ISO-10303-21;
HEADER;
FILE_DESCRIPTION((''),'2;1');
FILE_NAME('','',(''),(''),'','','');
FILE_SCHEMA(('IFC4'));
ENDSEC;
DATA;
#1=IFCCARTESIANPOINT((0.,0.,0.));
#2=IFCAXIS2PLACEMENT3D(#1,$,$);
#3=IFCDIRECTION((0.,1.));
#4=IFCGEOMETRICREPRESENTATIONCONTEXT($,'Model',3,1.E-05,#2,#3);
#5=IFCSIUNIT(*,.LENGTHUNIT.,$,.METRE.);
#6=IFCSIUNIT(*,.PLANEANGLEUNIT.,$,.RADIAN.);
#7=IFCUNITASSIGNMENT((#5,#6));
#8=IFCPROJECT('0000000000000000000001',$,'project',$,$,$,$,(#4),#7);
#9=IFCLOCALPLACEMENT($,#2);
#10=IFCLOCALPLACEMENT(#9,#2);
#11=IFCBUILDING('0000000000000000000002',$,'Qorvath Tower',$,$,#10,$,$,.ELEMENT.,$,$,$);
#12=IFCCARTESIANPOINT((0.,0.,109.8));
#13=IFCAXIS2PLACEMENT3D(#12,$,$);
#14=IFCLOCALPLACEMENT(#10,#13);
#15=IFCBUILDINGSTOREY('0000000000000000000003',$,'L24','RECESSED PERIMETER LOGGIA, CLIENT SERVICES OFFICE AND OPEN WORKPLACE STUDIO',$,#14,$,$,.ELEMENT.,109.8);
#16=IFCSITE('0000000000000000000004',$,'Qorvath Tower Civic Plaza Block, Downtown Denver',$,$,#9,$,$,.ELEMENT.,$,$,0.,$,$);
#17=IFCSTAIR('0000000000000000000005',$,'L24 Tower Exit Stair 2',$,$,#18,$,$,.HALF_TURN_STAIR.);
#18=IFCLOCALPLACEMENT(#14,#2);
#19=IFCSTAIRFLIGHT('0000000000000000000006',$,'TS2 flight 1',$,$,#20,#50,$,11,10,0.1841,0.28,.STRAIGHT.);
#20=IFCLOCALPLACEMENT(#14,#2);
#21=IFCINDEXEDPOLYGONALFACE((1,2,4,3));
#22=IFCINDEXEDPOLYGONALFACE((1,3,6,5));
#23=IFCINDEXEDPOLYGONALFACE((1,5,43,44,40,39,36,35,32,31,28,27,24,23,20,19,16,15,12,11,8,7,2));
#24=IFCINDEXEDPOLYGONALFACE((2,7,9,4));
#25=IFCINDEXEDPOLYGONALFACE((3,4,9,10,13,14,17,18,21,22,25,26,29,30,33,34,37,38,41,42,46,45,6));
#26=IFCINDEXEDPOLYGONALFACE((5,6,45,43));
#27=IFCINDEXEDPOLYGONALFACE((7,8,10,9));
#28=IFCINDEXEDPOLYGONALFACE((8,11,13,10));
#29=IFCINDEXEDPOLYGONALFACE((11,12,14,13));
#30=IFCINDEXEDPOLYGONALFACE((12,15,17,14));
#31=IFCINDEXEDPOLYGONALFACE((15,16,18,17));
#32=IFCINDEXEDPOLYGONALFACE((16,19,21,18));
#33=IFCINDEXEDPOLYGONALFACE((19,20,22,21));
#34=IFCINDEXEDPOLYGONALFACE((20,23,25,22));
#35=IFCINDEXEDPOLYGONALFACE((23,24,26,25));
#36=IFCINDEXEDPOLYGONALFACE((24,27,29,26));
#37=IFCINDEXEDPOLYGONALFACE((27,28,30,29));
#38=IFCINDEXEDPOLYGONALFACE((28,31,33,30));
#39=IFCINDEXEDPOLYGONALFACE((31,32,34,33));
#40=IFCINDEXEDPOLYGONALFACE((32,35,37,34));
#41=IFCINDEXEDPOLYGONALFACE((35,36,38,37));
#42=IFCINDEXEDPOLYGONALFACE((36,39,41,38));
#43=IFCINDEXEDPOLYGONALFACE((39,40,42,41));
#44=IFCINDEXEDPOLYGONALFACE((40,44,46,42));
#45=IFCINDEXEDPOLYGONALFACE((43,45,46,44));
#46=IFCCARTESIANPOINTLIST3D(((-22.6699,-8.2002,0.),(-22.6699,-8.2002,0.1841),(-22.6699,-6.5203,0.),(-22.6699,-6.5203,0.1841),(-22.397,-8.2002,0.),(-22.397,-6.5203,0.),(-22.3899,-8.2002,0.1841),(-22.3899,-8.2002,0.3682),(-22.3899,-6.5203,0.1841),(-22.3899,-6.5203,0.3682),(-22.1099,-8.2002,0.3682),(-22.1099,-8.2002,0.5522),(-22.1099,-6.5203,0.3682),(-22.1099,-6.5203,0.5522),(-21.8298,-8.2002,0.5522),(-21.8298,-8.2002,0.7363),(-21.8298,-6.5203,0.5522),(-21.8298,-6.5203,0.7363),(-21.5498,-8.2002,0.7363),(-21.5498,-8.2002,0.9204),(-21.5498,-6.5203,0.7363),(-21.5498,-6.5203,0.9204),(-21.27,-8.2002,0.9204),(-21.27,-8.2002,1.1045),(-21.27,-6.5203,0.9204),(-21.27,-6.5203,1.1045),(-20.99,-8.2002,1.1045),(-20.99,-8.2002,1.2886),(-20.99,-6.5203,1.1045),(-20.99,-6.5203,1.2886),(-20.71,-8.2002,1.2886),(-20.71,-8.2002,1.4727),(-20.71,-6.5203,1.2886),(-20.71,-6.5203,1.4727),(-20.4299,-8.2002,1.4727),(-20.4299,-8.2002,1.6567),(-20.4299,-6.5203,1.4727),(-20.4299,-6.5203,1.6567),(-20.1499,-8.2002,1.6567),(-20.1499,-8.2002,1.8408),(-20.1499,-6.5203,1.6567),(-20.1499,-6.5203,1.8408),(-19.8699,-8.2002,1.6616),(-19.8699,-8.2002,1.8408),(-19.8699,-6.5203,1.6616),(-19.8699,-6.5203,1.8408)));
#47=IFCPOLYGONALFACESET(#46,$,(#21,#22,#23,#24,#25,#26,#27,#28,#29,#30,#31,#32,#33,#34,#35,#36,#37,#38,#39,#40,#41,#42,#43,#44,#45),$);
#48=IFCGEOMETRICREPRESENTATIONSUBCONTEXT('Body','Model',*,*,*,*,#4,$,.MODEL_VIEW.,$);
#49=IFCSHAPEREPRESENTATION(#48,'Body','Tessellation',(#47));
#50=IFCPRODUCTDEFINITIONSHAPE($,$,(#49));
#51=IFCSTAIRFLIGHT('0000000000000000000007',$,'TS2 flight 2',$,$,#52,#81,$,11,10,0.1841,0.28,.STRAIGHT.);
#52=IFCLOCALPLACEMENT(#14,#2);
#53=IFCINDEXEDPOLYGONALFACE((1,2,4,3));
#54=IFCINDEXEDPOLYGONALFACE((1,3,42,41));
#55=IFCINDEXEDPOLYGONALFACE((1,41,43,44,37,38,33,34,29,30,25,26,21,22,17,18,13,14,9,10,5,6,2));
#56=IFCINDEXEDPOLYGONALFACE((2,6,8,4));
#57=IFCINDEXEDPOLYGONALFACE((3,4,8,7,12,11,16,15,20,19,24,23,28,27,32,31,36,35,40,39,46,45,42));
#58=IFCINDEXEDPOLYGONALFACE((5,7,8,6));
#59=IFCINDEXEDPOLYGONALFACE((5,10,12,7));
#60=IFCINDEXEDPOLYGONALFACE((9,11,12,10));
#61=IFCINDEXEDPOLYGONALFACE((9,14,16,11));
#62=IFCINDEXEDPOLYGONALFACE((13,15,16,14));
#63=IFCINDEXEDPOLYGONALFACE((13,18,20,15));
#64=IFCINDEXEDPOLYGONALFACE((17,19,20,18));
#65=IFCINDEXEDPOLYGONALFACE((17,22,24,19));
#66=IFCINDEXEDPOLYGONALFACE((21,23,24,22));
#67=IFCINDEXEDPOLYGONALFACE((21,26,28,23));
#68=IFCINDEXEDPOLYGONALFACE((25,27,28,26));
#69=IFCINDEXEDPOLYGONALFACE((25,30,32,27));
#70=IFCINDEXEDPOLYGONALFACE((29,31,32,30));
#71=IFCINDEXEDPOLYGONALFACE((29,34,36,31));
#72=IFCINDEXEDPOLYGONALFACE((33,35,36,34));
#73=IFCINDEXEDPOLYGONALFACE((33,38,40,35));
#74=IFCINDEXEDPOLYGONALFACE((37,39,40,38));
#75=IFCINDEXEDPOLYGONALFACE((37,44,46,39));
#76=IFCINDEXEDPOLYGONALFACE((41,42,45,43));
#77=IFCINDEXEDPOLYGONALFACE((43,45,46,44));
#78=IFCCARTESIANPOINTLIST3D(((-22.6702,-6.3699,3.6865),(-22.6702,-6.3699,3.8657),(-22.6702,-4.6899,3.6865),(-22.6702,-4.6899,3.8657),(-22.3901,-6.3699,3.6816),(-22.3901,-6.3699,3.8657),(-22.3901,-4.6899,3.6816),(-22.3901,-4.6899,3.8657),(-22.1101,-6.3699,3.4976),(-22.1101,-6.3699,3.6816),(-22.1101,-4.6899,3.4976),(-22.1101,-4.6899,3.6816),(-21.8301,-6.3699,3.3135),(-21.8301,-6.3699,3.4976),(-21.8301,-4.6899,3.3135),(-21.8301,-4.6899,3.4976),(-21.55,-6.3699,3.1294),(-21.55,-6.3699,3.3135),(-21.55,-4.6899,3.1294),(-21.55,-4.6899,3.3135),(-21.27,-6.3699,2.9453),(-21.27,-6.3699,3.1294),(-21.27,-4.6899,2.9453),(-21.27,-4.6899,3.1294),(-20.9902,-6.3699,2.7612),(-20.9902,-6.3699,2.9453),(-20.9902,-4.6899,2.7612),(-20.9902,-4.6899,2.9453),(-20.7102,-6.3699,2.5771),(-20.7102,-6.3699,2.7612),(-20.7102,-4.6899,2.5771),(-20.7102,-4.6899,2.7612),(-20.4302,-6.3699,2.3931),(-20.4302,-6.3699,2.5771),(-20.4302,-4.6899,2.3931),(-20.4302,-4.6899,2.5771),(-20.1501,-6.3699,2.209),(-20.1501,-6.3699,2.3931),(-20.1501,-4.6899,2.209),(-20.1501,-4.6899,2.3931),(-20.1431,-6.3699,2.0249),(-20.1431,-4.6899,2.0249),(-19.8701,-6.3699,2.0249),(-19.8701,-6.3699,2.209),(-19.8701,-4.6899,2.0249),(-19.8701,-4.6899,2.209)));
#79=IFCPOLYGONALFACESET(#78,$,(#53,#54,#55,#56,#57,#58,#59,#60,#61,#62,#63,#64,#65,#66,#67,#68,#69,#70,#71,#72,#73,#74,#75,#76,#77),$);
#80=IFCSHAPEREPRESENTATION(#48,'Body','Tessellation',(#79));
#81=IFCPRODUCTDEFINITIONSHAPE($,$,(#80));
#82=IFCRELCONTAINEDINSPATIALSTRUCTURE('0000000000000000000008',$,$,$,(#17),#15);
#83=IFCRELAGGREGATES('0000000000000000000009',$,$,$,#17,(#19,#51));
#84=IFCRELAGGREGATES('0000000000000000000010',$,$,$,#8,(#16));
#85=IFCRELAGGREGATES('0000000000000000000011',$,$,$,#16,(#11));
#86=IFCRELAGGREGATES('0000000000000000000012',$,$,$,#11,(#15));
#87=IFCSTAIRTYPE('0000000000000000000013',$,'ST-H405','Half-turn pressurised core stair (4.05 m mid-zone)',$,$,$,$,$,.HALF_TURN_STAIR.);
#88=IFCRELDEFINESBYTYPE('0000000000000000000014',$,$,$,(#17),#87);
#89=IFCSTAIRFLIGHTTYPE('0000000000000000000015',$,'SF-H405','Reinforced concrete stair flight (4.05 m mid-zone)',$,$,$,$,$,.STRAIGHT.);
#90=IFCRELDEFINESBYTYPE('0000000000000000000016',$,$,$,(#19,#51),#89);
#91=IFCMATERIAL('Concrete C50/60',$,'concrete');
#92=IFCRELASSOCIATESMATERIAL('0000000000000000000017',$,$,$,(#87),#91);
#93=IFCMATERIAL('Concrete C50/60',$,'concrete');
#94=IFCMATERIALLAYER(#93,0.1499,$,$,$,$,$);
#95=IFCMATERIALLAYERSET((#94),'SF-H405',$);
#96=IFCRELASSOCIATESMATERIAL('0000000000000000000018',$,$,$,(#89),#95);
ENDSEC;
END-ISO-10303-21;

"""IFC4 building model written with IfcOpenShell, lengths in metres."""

from ifc_helpers import new_model, si_unit, direction, frame, origin, place, context, subcontext, project, spatial, polyline, outline, extrude, material, layer, layer_set, type_object, element, aggregate, save


model = new_model("IFC4")

# Units and contexts
model_context = context("Model", 3, precision=1e-05, world=origin(), true_north=direction((0.0, 1.0)))
body_context = subcontext(model_context, "Body", "Model", "MODEL_VIEW")
ifc_project = project(units=[si_unit("LENGTHUNIT", "METRE"), si_unit("PLANEANGLEUNIT", "RADIAN")], contexts=[model_context])

# Site, building, storey
site_placement = place(None, origin())
site = spatial("IfcSite", under=ifc_project, at=site_placement, Name="Qorvath Tower Civic Plaza Block, Downtown Denver", CompositionType="ELEMENT", RefElevation=0.0)
building_placement = place(site_placement, origin())
building = spatial("IfcBuilding", under=site, at=building_placement, Name="Qorvath Tower", CompositionType="ELEMENT")
storey_placement = place(building_placement, frame((0.0, 0.0, 109.8)))
storey = spatial("IfcBuildingStorey", under=building, at=storey_placement, Name="L24", Description="RECESSED PERIMETER LOGGIA, CLIENT SERVICES OFFICE AND OPEN WORKPLACE STUDIO", CompositionType="ELEMENT", Elevation=109.8)

# Stair, stair flights
ifc_material_1 = material(Name="Concrete C50/60", Category="concrete")
stair_type = type_object("IfcStairType", Name="ST-H405", Description="Half-turn pressurised core stair (4.05 m mid-zone)", PredefinedType="HALF_TURN_STAIR", material=ifc_material_1)
stair_placement = place(storey_placement, origin())
stair = element("IfcStair", 1, at=stair_placement, inside=storey, type_object=stair_type, Name="L24 Tower Exit Stair 2", PredefinedType="HALF_TURN_STAIR")
ifc_material_2 = material(Name="Concrete C50/60", Category="concrete")
ifc_layer_1 = layer(ifc_material_2, 0.1499)
ifc_layer_set_1 = layer_set([ifc_layer_1], Name="SF-H405")
stair_flight_type = type_object("IfcStairFlightType", Name="SF-H405", Description="Reinforced concrete stair flight (4.05 m mid-zone)", PredefinedType="STRAIGHT", material=ifc_layer_set_1)
stair_flight_1_placement = place(storey_placement, frame((-22.6699, -7.3601, 0.0), z_axis=(0.0, 0.0, 1.0), x_axis=(1.0, 0.0, 0.0)))
stair_flight_1 = element("IfcStairFlight", 2, at=stair_flight_1_placement, type_object=stair_flight_type, Name="TS2 flight 1", NumberOfRisers=11, NumberOfTreads=10, PredefinedType="STRAIGHT", RiserHeight=0.1841, TreadLength=0.28, context=body_context, shape_type="SweptSolid", body=[
    extrude(outline(polyline([(0.0, 0.0), (0.0, 0.1841), (0.28, 0.1841), (0.28, 0.3682), (0.5601, 0.3682), (0.5601, 0.5522), (0.8401, 0.5522), (0.8401, 0.7363), (1.1201, 0.7363), (1.1201, 0.9204), (1.3999, 0.9204), (1.3999, 1.1045), (1.6799, 1.1045), (1.6799, 1.2886), (1.96, 1.2886), (1.96, 1.4727), (2.24, 1.4727), (2.24, 1.6567), (2.52, 1.6567), (2.52, 1.8408), (2.8, 1.8408), (2.8, 2.0249), (2.8, 1.6616), (0.2729, 0.0), (0.0, 0.0)])), frame((0.0, 0.8398, 0.0), z_axis=(0.0, -1.0, 0.0), x_axis=(1.0, 0.0, 0.0)), (0.0, 0.0, 1.0), 1.6799),
])
stair_flight_2_placement = place(storey_placement, frame((-19.8701, -5.53, 2.0249), z_axis=(0.0, 0.0, 1.0), x_axis=(-1.0, 0.0, 0.0)))
stair_flight_2 = element("IfcStairFlight", 3, at=stair_flight_2_placement, type_object=stair_flight_type, Name="TS2 flight 2", NumberOfRisers=11, NumberOfTreads=10, PredefinedType="STRAIGHT", RiserHeight=0.1841, TreadLength=0.28, context=body_context, shape_type="SweptSolid", body=[
    extrude(outline(polyline([(0.0, 0.0), (0.0, 0.1841), (0.28, 0.1841), (0.28, 0.3682), (0.5601, 0.3682), (0.5601, 0.5522), (0.8401, 0.5522), (0.8401, 0.7363), (1.1201, 0.7363), (1.1201, 0.9204), (1.3999, 0.9204), (1.3999, 1.1045), (1.6799, 1.1045), (1.6799, 1.2886), (1.96, 1.2886), (1.96, 1.4727), (2.24, 1.4727), (2.24, 1.6567), (2.52, 1.6567), (2.52, 1.8408), (2.8, 1.8408), (2.8, 2.0249), (2.8, 1.6616), (0.2729, 0.0), (0.0, 0.0)])), frame((0.0, 0.8398, 0.0), z_axis=(0.0, -1.0, 0.0), x_axis=(1.0, 0.0, 0.0)), (0.0, 0.0, 1.0), 1.6799),
])
aggregate(stair, [stair_flight_1, stair_flight_2])

save(model, "model.ifc")
